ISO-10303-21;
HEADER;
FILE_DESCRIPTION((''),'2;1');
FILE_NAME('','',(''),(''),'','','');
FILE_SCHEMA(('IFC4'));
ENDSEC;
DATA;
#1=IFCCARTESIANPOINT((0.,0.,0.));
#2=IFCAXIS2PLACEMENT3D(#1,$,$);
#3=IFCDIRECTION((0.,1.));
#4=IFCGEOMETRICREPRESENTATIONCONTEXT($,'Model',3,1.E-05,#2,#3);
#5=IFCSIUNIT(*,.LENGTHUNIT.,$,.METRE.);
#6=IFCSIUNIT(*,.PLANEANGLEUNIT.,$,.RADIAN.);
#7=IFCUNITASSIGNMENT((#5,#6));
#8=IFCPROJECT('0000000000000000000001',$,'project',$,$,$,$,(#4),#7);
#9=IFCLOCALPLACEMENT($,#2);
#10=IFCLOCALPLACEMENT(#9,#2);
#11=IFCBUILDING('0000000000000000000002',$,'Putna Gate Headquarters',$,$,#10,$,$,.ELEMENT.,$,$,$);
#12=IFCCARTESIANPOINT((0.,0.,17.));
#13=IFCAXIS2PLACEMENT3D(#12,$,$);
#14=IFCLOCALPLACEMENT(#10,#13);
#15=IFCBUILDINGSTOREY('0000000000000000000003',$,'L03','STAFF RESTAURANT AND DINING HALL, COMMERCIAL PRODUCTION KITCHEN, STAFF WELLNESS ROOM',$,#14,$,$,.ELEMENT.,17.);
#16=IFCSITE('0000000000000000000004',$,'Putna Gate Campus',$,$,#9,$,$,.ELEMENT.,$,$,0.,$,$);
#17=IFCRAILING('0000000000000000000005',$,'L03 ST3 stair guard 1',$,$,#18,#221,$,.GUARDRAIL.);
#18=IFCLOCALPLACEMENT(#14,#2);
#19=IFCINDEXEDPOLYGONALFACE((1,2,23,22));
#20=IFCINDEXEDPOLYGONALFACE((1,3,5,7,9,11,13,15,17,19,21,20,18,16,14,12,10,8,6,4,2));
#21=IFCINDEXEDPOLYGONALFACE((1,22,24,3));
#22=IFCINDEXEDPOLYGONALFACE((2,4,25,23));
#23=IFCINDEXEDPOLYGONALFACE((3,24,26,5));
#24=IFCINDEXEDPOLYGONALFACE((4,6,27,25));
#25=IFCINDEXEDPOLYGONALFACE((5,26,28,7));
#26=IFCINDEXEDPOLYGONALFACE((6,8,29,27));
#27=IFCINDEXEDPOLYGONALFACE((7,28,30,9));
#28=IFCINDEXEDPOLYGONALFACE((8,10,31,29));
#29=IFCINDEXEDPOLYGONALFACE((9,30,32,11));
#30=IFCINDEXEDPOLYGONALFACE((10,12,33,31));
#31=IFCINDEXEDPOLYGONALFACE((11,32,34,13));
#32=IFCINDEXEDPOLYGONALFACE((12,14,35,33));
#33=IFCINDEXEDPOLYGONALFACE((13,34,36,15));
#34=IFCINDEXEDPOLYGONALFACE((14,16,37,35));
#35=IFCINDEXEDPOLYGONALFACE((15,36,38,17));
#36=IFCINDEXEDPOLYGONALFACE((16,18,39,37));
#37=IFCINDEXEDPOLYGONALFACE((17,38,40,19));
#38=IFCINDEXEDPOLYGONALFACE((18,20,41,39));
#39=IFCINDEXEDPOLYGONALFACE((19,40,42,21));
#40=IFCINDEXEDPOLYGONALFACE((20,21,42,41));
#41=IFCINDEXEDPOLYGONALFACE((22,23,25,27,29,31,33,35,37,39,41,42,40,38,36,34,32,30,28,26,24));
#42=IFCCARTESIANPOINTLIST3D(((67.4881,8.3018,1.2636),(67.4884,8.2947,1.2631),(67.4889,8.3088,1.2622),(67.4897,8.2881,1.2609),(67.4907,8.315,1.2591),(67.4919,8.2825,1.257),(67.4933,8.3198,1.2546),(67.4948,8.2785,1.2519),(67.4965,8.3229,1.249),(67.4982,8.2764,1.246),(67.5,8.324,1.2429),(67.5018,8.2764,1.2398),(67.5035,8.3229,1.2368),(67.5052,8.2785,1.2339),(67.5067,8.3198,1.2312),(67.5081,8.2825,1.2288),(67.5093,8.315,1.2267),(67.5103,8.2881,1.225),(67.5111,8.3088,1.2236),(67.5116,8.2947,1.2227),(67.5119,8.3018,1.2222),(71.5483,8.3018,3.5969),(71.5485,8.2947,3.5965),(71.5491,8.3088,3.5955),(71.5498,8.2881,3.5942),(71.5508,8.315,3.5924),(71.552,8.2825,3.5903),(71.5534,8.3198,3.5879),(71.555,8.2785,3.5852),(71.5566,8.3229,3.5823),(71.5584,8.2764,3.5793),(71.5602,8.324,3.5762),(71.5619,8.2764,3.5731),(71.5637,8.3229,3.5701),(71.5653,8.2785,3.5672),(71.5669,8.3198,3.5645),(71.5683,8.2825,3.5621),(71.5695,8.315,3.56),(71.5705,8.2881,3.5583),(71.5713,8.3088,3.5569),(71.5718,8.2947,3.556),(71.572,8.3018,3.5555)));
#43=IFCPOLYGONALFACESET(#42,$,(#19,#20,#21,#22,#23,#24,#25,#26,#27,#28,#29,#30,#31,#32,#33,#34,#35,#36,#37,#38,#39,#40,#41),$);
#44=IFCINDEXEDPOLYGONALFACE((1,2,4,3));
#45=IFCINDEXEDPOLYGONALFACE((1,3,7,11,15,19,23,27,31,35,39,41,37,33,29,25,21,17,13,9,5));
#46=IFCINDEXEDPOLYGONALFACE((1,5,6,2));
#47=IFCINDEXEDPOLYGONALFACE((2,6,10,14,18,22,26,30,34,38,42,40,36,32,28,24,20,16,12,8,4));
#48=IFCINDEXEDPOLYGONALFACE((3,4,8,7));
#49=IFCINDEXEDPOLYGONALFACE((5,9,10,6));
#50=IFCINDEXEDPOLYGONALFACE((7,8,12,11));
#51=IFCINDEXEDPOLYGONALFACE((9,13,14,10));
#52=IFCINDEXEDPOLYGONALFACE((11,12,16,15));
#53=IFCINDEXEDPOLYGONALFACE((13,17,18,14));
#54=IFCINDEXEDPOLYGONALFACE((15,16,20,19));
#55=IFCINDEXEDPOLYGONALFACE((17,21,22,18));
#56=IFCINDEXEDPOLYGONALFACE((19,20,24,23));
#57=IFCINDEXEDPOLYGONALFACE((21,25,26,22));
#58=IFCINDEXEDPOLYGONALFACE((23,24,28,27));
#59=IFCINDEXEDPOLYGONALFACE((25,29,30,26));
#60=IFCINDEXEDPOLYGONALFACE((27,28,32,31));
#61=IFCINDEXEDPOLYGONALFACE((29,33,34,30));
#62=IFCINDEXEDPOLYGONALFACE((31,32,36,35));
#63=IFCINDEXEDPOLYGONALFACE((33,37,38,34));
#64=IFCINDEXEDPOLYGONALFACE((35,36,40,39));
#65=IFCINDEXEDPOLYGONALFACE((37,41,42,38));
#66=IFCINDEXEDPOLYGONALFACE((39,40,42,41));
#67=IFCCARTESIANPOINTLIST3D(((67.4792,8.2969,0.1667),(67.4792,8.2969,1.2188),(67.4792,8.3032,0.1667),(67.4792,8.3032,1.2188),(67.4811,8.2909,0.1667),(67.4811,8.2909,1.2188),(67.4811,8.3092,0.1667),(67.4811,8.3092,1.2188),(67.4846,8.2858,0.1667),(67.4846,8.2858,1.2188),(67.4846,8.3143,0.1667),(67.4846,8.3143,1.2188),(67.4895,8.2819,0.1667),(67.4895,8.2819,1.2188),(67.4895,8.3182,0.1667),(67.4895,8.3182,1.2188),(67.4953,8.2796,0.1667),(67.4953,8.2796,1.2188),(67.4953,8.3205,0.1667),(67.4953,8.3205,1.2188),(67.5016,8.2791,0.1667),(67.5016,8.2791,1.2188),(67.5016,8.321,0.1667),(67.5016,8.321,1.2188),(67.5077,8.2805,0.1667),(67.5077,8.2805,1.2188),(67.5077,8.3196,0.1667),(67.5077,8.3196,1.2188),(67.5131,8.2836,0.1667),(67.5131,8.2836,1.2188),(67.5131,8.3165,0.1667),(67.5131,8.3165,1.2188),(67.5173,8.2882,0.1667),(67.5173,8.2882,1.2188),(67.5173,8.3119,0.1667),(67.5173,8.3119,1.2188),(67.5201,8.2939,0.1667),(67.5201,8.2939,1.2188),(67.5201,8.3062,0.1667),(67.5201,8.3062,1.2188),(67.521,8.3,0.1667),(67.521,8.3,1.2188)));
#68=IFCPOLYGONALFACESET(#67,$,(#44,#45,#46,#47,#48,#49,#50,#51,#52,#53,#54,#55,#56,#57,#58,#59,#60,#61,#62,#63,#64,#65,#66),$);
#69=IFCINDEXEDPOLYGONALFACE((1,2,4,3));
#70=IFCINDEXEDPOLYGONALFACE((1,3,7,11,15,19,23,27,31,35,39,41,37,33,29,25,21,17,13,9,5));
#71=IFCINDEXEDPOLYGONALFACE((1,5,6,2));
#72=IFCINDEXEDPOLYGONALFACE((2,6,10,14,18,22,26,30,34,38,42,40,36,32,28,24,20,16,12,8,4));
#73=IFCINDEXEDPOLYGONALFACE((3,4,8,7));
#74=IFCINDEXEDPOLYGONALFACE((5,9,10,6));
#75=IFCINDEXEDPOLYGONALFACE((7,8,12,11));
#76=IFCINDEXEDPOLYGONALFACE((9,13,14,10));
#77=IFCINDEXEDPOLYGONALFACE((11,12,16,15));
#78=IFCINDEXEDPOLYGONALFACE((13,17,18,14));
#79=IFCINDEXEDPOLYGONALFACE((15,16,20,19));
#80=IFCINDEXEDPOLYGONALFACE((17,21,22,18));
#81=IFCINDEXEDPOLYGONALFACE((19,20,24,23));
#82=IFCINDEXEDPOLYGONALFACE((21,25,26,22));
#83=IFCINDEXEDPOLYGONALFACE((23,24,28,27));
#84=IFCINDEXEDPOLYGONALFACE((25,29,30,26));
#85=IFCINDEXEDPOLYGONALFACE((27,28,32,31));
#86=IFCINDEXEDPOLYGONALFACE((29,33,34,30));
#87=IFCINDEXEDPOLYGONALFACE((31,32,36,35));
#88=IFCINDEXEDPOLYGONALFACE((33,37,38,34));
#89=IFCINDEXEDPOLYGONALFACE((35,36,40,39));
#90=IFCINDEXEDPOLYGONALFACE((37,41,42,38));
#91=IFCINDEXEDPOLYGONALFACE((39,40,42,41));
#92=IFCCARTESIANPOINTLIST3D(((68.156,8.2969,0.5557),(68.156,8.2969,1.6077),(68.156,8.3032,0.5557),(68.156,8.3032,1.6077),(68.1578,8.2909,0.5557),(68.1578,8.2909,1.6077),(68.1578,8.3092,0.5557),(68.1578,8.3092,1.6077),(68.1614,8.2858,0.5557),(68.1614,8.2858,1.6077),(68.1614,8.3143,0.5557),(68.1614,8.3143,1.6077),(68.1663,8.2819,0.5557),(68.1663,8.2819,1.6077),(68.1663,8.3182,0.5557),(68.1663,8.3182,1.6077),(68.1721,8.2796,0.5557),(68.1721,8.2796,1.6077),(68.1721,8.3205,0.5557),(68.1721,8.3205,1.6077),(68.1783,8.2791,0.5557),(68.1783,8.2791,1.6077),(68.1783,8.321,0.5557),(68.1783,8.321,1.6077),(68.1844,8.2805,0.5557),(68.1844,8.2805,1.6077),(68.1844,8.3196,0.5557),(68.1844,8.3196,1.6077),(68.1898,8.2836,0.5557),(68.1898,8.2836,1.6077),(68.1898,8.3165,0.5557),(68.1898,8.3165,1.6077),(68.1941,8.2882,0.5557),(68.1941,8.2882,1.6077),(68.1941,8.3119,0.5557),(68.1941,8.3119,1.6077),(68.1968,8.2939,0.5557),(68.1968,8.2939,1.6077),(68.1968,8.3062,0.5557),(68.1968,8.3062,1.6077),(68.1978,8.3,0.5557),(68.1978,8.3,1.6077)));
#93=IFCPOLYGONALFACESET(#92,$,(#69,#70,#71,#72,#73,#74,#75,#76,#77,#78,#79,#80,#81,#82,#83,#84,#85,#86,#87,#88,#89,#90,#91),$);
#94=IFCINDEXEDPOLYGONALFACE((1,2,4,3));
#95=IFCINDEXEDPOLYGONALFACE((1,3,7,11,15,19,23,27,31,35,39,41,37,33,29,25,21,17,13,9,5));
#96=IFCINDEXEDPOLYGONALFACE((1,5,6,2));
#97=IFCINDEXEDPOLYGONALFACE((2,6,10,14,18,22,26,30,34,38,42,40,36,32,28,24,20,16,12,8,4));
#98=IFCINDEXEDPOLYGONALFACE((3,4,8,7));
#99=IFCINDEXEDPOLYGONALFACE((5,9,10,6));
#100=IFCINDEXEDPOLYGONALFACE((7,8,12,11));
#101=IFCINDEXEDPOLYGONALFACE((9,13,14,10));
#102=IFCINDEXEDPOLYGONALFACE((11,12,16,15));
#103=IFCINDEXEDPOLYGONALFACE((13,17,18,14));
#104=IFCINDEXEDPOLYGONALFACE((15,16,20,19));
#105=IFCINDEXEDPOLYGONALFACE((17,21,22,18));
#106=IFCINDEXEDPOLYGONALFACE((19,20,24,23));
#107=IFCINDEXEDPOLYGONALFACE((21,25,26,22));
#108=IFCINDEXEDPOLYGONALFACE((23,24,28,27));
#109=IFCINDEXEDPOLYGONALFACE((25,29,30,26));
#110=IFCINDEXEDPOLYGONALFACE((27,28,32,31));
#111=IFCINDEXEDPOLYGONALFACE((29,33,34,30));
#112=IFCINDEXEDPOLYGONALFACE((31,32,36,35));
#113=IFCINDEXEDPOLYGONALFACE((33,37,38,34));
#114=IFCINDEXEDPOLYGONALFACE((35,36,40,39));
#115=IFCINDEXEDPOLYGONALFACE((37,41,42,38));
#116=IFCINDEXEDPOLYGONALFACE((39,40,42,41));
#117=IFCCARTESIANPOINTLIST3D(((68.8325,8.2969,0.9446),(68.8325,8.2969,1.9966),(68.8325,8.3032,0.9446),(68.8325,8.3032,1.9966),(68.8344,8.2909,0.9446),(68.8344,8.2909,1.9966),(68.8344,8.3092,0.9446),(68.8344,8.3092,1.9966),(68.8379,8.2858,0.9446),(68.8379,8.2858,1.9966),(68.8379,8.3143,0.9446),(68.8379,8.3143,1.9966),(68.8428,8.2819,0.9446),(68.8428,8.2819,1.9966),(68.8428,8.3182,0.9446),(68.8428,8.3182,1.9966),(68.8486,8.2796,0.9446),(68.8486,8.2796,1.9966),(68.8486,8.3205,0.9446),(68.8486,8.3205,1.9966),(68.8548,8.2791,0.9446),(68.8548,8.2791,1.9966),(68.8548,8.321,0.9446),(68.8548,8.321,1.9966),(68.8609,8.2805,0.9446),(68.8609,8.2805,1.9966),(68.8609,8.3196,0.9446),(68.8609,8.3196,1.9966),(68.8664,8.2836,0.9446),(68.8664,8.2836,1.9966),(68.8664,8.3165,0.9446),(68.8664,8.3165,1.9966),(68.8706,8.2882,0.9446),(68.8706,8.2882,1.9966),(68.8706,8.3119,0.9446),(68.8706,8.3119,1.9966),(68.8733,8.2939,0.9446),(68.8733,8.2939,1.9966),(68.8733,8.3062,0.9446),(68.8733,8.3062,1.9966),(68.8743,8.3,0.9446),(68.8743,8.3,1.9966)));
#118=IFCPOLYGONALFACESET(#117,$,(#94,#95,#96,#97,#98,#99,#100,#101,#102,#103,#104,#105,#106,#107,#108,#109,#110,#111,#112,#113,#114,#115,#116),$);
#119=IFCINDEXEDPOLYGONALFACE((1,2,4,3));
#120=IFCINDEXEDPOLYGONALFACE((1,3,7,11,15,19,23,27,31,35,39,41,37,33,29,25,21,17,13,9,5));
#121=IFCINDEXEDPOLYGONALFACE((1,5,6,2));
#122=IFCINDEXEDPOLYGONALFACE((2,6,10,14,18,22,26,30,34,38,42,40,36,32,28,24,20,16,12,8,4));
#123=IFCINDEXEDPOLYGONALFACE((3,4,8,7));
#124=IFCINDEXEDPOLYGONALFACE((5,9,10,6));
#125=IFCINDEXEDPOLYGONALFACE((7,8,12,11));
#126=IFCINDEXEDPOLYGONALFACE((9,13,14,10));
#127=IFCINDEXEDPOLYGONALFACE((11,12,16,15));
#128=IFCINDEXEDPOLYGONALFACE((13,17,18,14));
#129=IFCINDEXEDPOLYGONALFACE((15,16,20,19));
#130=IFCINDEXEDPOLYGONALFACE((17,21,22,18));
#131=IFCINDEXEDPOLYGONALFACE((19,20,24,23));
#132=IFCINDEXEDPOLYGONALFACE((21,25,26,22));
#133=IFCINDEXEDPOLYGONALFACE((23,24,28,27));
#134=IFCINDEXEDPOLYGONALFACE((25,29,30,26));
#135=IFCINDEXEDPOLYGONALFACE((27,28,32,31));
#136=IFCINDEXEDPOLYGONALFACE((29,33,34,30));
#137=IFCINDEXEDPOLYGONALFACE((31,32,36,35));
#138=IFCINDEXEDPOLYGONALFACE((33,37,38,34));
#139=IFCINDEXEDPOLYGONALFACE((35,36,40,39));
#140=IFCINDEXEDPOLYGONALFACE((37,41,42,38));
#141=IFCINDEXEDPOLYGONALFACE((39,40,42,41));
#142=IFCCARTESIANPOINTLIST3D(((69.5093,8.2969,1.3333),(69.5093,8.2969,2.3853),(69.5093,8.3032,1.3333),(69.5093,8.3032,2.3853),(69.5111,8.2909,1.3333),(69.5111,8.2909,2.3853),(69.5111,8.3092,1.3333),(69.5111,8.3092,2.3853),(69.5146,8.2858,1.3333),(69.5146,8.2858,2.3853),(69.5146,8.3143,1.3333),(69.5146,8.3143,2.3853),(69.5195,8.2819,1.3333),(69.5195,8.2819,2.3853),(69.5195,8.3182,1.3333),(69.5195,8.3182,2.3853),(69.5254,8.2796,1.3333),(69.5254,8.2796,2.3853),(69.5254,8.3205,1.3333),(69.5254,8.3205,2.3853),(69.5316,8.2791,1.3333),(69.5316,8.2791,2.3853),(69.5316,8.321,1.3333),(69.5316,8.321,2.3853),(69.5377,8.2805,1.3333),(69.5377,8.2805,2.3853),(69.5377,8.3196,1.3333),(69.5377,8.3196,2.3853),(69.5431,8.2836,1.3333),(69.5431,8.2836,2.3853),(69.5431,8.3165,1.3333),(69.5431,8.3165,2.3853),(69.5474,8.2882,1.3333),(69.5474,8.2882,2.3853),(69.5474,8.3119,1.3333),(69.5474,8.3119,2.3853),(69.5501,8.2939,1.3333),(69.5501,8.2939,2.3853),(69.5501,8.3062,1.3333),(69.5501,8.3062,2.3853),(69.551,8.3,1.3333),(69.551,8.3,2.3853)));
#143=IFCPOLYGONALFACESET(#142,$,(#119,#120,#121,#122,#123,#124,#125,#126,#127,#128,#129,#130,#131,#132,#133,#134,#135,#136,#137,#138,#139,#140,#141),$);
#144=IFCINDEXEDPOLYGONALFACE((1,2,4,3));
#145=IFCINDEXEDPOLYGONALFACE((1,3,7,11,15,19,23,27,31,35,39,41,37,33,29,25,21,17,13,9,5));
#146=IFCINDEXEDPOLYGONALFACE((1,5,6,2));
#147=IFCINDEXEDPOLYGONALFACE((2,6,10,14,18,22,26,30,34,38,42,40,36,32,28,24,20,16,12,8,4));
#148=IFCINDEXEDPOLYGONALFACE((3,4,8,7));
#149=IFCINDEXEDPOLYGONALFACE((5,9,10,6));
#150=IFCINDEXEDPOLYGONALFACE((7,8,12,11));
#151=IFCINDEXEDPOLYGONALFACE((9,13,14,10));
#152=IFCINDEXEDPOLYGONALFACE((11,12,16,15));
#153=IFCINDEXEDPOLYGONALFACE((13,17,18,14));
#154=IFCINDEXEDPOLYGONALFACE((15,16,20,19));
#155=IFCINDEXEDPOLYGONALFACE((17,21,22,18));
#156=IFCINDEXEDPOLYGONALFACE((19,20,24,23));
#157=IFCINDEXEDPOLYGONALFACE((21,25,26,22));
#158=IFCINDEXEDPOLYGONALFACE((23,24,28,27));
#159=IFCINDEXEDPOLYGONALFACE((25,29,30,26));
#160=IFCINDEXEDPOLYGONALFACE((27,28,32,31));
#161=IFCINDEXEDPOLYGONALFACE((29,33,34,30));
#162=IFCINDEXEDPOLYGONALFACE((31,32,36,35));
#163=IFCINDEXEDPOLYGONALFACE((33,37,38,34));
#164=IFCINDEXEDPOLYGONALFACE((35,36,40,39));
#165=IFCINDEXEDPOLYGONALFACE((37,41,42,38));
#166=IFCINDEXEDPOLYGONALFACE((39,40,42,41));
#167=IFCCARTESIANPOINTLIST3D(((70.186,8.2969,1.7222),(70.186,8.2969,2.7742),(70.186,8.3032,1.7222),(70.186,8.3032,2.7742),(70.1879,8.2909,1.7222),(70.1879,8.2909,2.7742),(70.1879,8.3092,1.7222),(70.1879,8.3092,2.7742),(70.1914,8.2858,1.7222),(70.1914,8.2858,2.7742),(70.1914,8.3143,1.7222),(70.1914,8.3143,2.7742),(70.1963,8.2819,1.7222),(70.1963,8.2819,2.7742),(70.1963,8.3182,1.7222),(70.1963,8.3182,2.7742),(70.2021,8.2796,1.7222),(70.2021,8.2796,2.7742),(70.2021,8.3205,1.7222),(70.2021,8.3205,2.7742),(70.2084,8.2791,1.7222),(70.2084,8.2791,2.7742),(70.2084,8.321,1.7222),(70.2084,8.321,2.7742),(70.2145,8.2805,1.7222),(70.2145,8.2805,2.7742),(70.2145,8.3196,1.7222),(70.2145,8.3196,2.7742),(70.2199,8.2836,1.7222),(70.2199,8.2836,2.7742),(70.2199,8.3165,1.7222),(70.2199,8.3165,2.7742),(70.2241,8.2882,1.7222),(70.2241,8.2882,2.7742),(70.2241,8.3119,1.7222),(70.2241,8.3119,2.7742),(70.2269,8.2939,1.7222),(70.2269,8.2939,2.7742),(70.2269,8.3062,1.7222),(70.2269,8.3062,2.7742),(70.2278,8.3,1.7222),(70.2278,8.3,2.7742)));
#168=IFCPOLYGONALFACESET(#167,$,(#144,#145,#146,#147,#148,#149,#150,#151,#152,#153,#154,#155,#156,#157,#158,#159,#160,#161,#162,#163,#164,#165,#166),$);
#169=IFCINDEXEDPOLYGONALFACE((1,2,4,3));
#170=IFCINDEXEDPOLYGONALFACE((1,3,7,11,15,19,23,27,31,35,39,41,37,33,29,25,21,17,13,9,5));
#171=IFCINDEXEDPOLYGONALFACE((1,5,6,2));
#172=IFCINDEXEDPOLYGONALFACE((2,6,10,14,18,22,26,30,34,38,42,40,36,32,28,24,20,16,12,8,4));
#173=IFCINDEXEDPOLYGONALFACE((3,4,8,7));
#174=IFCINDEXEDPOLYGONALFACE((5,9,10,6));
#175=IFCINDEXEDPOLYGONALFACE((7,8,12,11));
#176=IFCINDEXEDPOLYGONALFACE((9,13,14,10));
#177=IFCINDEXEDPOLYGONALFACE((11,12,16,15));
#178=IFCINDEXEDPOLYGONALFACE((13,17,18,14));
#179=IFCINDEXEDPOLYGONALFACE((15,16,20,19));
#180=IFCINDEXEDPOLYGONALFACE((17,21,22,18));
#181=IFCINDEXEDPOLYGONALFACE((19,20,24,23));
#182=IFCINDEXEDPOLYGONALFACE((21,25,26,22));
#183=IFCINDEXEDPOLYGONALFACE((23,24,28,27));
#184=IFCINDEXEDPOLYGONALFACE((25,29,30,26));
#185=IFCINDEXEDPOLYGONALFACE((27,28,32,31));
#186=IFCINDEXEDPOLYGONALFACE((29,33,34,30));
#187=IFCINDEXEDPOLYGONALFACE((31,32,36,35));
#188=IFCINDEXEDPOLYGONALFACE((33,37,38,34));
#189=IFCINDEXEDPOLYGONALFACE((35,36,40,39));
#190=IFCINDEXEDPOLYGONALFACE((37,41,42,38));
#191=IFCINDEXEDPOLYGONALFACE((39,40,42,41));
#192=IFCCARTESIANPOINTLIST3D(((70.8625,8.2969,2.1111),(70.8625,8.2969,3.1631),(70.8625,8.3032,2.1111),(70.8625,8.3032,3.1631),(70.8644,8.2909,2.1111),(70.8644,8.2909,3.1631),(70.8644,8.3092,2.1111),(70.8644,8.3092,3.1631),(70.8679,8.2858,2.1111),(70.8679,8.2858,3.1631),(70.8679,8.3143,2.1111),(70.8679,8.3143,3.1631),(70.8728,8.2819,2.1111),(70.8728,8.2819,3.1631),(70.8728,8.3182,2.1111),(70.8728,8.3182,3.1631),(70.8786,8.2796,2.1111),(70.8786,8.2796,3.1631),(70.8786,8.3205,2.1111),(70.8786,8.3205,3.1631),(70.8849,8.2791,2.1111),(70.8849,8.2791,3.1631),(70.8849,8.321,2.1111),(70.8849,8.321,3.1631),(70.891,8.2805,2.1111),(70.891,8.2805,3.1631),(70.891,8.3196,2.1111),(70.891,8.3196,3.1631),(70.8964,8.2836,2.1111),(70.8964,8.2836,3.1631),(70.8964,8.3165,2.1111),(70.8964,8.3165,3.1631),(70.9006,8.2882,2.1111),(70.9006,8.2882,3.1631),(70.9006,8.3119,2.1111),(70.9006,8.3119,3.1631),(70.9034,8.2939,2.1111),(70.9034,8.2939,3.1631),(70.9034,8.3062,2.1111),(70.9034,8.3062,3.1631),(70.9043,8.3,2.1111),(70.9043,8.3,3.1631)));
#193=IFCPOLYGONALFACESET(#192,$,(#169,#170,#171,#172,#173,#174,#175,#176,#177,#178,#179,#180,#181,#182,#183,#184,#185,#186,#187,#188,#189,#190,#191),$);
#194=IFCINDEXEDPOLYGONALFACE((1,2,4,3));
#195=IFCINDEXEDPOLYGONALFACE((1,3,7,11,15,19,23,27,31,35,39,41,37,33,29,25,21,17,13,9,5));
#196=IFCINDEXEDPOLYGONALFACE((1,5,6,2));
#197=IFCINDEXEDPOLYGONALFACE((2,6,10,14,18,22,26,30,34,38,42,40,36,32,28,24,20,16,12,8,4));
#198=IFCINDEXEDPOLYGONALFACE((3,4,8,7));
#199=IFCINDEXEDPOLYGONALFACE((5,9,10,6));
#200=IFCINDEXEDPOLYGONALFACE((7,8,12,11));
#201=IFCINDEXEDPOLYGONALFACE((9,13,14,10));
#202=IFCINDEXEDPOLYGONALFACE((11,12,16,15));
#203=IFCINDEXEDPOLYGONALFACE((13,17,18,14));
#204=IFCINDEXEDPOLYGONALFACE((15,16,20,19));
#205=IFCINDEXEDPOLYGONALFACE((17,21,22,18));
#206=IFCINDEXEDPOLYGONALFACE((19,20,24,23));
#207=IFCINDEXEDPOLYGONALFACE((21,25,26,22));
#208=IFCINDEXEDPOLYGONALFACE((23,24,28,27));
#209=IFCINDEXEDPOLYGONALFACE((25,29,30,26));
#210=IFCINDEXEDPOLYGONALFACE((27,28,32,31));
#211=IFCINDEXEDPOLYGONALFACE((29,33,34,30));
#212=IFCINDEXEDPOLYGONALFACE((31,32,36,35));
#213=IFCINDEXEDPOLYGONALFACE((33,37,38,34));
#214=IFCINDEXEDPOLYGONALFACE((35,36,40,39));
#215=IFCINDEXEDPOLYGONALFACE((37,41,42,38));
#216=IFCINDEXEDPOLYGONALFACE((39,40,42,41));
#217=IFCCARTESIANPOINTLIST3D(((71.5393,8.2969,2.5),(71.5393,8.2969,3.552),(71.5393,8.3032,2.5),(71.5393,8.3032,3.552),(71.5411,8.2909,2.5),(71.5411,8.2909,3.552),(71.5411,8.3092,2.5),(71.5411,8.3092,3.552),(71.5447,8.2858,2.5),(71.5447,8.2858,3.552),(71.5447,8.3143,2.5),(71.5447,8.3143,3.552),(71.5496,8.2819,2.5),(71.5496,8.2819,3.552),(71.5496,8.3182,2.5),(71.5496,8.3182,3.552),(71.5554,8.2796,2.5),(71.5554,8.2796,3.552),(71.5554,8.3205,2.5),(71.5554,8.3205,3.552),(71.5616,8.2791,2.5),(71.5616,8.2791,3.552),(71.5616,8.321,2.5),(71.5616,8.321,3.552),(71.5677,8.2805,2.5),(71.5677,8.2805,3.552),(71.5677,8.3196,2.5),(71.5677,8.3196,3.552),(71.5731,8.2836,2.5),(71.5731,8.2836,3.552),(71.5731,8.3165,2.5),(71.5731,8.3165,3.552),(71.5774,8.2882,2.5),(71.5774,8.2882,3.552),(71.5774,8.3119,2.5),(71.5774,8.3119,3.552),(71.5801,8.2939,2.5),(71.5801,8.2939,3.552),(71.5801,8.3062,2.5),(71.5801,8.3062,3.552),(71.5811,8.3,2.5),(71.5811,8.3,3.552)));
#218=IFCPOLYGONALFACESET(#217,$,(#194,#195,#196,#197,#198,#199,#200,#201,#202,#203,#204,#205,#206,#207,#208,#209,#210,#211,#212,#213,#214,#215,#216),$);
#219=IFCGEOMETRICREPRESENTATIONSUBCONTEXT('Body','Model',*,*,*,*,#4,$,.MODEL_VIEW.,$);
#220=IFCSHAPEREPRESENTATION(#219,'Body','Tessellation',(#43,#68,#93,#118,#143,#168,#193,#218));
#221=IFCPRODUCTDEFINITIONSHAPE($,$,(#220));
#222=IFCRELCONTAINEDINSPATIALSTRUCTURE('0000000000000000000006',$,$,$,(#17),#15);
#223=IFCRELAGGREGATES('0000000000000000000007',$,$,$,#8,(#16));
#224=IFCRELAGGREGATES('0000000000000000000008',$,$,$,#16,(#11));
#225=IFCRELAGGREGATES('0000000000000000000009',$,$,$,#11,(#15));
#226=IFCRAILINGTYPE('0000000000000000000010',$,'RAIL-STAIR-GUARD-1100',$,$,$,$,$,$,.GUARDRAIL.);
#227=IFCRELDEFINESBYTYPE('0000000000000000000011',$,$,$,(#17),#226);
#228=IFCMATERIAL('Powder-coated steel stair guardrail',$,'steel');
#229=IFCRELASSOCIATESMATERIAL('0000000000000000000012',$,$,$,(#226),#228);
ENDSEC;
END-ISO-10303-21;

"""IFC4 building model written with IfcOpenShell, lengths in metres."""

from ifc_helpers import new_model, si_unit, direction, frame, origin, origin_2d, place, context, subcontext, project, spatial, circle, extrude, material, type_object, element, save


model = new_model("IFC4")

# Units and contexts
model_context = context("Model", 3, precision=1e-05, world=origin(), true_north=direction((0.0, 1.0)))
body_context = subcontext(model_context, "Body", "Model", "MODEL_VIEW")
ifc_project = project(units=[si_unit("LENGTHUNIT", "METRE"), si_unit("PLANEANGLEUNIT", "RADIAN")], contexts=[model_context])

# Site, building, storey
site_placement = place(None, origin())
site = spatial("IfcSite", under=ifc_project, at=site_placement, Name="Putna Gate Campus", CompositionType="ELEMENT", RefElevation=0.0)
building_placement = place(site_placement, origin())
building = spatial("IfcBuilding", under=site, at=building_placement, Name="Putna Gate Headquarters", CompositionType="ELEMENT")
storey_placement = place(building_placement, frame((0.0, 0.0, 17.0)))
storey = spatial("IfcBuildingStorey", under=building, at=storey_placement, Name="L03", Description="STAFF RESTAURANT AND DINING HALL, COMMERCIAL PRODUCTION KITCHEN, STAFF WELLNESS ROOM", CompositionType="ELEMENT", Elevation=17.0)

# Railing
ifc_material_1 = material(Name="Powder-coated steel stair guardrail", Category="steel")
railing_type_1 = type_object("IfcRailingType", Name="RAIL-STAIR-GUARD-1100", PredefinedType="GUARDRAIL", material=ifc_material_1)
railing_1_placement = place(storey_placement, frame((67.5, 8.3, 0.1667)))
element("IfcRailing", 1, at=railing_1_placement, inside=storey, type_object=railing_type_1, Name="L03 ST3 stair guard 1", PredefinedType="GUARDRAIL", context=body_context, shape_type="SweptSolid", body=[
    extrude(circle(Radius=0.0239, at=origin_2d()), frame((0.0, 0.0, 1.0762), z_axis=(0.867025, 0.0, 0.498265), x_axis=(0.0, 1.0, 0.0)), (0.0, 0.0, 1.0), 4.6829),
    extrude(circle(Radius=0.021, at=origin_2d()), origin(), (0.0, 0.0, 1.0), 1.052),
    extrude(circle(Radius=0.021, at=origin_2d()), frame((0.6768, 0.0, 0.3889)), (0.0, 0.0, 1.0), 1.052),
    extrude(circle(Radius=0.021, at=origin_2d()), frame((1.3533, 0.0, 0.7778)), (0.0, 0.0, 1.0), 1.052),
    extrude(circle(Radius=0.021, at=origin_2d()), frame((2.03, 0.0, 1.1665)), (0.0, 0.0, 1.0), 1.052),
    extrude(circle(Radius=0.021, at=origin_2d()), frame((2.7068, 0.0, 1.5554)), (0.0, 0.0, 1.0), 1.052),
    extrude(circle(Radius=0.021, at=origin_2d()), frame((3.3833, 0.0, 1.9443)), (0.0, 0.0, 1.0), 1.052),
    extrude(circle(Radius=0.021, at=origin_2d()), frame((4.0601, 0.0, 2.3333)), (0.0, 0.0, 1.0), 1.052),
])

save(model, "model.ifc")
